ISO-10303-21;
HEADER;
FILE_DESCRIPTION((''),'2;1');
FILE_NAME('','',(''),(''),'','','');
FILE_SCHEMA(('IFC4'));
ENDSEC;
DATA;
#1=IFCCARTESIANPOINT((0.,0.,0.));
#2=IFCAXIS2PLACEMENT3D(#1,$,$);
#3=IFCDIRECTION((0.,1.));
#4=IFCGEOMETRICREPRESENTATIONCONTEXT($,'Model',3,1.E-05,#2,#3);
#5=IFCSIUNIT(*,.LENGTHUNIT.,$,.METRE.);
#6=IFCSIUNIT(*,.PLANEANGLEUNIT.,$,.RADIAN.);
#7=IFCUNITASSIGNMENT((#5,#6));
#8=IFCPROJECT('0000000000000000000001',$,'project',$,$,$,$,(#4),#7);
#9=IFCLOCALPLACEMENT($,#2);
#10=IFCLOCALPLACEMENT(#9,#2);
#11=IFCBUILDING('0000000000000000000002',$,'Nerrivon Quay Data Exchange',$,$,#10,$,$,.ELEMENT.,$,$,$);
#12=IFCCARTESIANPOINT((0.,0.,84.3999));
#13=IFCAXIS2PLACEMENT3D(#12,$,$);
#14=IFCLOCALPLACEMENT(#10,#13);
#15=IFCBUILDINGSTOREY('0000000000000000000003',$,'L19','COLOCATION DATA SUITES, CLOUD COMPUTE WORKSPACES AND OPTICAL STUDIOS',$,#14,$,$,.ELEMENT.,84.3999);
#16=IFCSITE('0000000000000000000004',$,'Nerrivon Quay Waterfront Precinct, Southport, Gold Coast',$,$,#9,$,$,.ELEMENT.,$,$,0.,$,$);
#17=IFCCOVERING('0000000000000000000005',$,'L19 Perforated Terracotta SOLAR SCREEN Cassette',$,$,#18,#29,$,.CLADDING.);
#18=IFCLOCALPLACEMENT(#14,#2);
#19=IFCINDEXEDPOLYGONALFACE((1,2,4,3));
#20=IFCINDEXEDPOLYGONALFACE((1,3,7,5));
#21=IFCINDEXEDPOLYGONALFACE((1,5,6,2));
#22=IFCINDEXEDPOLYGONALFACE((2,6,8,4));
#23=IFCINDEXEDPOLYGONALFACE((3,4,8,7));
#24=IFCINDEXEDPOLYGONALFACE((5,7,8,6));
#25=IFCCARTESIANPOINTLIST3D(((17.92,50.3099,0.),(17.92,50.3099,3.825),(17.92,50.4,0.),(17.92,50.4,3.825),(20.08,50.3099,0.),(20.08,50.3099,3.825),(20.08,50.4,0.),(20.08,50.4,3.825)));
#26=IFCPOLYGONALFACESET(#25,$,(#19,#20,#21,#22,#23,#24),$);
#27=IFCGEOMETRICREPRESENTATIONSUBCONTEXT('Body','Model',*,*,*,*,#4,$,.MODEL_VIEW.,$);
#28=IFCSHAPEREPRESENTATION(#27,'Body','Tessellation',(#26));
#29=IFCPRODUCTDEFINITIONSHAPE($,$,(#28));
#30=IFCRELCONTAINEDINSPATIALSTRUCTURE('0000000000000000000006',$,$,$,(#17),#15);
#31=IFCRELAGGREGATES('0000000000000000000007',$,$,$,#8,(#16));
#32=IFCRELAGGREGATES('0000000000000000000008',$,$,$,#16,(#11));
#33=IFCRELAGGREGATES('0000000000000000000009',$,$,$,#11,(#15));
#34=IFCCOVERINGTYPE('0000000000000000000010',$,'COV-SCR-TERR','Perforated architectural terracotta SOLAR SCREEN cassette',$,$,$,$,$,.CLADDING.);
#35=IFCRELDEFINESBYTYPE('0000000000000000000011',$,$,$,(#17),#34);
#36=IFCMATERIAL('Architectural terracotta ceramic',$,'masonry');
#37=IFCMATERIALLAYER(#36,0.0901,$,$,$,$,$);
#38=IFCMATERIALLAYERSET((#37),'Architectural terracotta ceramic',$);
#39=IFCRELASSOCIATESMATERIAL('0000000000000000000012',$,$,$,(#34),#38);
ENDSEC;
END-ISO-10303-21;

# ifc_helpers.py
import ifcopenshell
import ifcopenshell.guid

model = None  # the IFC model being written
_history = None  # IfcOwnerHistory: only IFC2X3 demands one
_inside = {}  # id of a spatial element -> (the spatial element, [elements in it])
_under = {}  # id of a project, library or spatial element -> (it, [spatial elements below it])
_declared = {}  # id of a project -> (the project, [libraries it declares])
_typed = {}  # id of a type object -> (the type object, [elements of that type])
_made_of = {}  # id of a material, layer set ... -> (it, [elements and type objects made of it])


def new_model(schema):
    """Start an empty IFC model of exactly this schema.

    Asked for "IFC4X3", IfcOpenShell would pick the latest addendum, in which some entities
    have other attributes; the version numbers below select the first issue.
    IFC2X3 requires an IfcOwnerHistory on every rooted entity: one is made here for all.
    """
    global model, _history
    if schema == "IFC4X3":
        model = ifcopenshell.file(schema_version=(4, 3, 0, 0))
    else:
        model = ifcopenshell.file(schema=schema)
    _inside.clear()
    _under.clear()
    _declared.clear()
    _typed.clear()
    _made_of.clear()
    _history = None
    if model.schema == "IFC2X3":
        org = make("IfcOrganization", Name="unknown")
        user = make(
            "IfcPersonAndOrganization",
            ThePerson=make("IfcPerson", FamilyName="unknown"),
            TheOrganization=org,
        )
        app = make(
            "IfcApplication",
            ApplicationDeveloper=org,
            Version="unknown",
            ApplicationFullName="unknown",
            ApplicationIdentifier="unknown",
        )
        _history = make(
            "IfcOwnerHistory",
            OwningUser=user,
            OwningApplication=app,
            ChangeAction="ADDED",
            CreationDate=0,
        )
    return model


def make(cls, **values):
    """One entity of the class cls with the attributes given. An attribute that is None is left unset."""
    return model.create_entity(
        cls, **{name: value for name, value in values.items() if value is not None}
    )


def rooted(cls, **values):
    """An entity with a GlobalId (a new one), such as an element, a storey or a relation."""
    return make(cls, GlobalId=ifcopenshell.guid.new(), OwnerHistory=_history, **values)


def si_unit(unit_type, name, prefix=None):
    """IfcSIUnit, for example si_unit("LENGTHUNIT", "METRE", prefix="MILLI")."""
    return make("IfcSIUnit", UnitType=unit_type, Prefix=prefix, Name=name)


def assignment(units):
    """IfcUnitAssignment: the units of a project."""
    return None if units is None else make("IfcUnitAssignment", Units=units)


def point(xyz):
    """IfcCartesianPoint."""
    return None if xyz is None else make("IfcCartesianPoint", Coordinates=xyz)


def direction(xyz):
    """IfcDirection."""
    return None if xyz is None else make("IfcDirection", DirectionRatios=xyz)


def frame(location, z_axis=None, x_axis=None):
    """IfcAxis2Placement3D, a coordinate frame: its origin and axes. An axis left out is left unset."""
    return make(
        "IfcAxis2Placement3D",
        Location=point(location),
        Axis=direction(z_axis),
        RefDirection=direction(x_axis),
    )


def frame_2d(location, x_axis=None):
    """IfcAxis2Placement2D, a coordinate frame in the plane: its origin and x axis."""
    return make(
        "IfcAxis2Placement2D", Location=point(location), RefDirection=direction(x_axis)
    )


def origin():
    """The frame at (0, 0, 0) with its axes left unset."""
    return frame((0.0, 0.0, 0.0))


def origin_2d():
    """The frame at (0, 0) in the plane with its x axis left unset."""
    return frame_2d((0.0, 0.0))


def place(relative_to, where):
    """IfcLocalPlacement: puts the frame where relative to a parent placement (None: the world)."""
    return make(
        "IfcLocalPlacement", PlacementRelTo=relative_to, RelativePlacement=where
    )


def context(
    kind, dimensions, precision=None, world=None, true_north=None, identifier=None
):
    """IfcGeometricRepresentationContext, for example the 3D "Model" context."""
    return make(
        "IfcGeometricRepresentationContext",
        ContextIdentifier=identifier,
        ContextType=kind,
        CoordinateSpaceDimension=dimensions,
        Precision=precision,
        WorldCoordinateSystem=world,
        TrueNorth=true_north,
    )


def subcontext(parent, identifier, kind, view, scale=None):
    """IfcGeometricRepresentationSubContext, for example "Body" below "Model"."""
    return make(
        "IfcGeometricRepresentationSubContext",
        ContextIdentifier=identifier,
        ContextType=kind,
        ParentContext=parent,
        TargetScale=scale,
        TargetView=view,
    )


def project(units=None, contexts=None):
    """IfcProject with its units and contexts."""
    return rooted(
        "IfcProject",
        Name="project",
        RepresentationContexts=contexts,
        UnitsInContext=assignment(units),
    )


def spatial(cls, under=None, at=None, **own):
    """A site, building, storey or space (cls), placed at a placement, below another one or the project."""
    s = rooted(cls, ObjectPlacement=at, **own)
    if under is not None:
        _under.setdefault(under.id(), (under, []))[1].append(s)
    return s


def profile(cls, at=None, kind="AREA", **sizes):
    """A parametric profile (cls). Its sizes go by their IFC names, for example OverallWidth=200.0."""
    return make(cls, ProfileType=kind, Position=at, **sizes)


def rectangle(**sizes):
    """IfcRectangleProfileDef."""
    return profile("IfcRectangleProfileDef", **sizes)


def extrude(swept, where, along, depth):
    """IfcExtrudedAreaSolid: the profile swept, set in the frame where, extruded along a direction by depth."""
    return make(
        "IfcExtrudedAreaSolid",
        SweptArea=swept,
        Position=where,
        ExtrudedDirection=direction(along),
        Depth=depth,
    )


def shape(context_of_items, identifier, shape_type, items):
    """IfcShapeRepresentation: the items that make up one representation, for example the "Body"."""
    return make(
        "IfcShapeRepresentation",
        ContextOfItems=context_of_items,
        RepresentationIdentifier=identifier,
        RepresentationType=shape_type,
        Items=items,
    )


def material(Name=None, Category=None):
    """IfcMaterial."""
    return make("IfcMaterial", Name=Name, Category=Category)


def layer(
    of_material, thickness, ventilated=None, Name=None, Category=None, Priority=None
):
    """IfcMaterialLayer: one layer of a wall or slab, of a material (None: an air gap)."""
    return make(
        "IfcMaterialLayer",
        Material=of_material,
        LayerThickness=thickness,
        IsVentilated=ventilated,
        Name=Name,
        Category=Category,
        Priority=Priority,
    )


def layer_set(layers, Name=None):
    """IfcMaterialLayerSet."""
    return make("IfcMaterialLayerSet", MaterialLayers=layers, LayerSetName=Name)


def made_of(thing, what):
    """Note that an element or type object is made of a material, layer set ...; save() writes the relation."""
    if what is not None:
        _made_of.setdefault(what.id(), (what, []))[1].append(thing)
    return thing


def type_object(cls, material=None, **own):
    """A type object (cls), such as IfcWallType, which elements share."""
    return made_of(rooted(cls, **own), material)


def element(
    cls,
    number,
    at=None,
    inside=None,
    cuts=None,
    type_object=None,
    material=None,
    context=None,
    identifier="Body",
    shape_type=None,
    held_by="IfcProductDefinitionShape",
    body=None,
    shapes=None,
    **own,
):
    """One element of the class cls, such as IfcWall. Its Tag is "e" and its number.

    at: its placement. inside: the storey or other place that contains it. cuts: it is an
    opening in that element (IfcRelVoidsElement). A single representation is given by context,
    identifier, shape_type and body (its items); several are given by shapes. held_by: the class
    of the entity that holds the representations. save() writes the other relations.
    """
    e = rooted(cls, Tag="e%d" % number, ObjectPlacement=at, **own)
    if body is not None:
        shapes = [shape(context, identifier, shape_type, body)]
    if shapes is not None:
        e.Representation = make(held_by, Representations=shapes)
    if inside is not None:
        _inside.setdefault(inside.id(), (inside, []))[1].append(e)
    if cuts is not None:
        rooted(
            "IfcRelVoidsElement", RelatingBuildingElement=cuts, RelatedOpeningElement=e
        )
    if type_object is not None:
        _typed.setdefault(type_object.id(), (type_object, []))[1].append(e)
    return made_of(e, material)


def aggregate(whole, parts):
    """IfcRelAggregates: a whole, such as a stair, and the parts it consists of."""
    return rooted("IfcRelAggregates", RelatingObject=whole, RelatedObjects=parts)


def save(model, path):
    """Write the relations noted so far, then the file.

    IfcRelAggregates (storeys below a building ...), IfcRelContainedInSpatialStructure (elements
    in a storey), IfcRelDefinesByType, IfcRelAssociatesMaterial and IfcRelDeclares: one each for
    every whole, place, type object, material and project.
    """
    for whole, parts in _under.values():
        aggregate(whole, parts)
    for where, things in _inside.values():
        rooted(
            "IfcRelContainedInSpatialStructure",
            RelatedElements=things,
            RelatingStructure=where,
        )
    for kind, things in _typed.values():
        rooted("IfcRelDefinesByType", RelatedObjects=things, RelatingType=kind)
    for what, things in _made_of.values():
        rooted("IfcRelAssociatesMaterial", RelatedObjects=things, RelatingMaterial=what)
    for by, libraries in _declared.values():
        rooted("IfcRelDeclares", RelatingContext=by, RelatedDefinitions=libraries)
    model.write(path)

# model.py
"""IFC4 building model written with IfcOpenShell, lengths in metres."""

from ifc_helpers import new_model, si_unit, direction, frame, origin, origin_2d, place, context, subcontext, project, spatial, rectangle, extrude, material, layer, layer_set, type_object, element, save


model = new_model("IFC4")

# Units and contexts
model_context = context("Model", 3, precision=1e-05, world=origin(), true_north=direction((0.0, 1.0)))
body_context = subcontext(model_context, "Body", "Model", "MODEL_VIEW")
ifc_project = project(units=[si_unit("LENGTHUNIT", "METRE"), si_unit("PLANEANGLEUNIT", "RADIAN")], contexts=[model_context])

# Site, building, storey
site_placement = place(None, origin())
site = spatial("IfcSite", under=ifc_project, at=site_placement, Name="Nerrivon Quay Waterfront Precinct, Southport, Gold Coast", CompositionType="ELEMENT", RefElevation=0.0)
building_placement = place(site_placement, origin())
building = spatial("IfcBuilding", under=site, at=building_placement, Name="Nerrivon Quay Data Exchange", CompositionType="ELEMENT")
storey_placement = place(building_placement, frame((0.0, 0.0, 84.3999)))
storey = spatial("IfcBuildingStorey", under=building, at=storey_placement, Name="L19", Description="COLOCATION DATA SUITES, CLOUD COMPUTE WORKSPACES AND OPTICAL STUDIOS", CompositionType="ELEMENT", Elevation=84.3999)

# Covering
ifc_material_1 = material(Name="Architectural terracotta ceramic", Category="masonry")
ifc_layer_1 = layer(ifc_material_1, 0.0901)
ifc_layer_set_1 = layer_set([ifc_layer_1], Name="Architectural terracotta ceramic")
covering_type = type_object("IfcCoveringType", Name="COV-SCR-TERR", Description="Perforated architectural terracotta SOLAR SCREEN cassette", PredefinedType="CLADDING", material=ifc_layer_set_1)
covering_1_placement = place(storey_placement, frame((19.0, 50.355, 0.0), z_axis=(0.0, 0.0, 1.0), x_axis=(1.0, 0.0, 0.0)))
element("IfcCovering", 1, at=covering_1_placement, inside=storey, type_object=covering_type, Name="L19 Perforated Terracotta SOLAR SCREEN Cassette", PredefinedType="CLADDING", context=body_context, shape_type="SweptSolid", body=[
    extrude(rectangle(XDim=2.1599, YDim=0.0901, at=origin_2d()), origin(), (0.0, 0.0, 1.0), 3.825),
])

save(model, "model.ifc")
